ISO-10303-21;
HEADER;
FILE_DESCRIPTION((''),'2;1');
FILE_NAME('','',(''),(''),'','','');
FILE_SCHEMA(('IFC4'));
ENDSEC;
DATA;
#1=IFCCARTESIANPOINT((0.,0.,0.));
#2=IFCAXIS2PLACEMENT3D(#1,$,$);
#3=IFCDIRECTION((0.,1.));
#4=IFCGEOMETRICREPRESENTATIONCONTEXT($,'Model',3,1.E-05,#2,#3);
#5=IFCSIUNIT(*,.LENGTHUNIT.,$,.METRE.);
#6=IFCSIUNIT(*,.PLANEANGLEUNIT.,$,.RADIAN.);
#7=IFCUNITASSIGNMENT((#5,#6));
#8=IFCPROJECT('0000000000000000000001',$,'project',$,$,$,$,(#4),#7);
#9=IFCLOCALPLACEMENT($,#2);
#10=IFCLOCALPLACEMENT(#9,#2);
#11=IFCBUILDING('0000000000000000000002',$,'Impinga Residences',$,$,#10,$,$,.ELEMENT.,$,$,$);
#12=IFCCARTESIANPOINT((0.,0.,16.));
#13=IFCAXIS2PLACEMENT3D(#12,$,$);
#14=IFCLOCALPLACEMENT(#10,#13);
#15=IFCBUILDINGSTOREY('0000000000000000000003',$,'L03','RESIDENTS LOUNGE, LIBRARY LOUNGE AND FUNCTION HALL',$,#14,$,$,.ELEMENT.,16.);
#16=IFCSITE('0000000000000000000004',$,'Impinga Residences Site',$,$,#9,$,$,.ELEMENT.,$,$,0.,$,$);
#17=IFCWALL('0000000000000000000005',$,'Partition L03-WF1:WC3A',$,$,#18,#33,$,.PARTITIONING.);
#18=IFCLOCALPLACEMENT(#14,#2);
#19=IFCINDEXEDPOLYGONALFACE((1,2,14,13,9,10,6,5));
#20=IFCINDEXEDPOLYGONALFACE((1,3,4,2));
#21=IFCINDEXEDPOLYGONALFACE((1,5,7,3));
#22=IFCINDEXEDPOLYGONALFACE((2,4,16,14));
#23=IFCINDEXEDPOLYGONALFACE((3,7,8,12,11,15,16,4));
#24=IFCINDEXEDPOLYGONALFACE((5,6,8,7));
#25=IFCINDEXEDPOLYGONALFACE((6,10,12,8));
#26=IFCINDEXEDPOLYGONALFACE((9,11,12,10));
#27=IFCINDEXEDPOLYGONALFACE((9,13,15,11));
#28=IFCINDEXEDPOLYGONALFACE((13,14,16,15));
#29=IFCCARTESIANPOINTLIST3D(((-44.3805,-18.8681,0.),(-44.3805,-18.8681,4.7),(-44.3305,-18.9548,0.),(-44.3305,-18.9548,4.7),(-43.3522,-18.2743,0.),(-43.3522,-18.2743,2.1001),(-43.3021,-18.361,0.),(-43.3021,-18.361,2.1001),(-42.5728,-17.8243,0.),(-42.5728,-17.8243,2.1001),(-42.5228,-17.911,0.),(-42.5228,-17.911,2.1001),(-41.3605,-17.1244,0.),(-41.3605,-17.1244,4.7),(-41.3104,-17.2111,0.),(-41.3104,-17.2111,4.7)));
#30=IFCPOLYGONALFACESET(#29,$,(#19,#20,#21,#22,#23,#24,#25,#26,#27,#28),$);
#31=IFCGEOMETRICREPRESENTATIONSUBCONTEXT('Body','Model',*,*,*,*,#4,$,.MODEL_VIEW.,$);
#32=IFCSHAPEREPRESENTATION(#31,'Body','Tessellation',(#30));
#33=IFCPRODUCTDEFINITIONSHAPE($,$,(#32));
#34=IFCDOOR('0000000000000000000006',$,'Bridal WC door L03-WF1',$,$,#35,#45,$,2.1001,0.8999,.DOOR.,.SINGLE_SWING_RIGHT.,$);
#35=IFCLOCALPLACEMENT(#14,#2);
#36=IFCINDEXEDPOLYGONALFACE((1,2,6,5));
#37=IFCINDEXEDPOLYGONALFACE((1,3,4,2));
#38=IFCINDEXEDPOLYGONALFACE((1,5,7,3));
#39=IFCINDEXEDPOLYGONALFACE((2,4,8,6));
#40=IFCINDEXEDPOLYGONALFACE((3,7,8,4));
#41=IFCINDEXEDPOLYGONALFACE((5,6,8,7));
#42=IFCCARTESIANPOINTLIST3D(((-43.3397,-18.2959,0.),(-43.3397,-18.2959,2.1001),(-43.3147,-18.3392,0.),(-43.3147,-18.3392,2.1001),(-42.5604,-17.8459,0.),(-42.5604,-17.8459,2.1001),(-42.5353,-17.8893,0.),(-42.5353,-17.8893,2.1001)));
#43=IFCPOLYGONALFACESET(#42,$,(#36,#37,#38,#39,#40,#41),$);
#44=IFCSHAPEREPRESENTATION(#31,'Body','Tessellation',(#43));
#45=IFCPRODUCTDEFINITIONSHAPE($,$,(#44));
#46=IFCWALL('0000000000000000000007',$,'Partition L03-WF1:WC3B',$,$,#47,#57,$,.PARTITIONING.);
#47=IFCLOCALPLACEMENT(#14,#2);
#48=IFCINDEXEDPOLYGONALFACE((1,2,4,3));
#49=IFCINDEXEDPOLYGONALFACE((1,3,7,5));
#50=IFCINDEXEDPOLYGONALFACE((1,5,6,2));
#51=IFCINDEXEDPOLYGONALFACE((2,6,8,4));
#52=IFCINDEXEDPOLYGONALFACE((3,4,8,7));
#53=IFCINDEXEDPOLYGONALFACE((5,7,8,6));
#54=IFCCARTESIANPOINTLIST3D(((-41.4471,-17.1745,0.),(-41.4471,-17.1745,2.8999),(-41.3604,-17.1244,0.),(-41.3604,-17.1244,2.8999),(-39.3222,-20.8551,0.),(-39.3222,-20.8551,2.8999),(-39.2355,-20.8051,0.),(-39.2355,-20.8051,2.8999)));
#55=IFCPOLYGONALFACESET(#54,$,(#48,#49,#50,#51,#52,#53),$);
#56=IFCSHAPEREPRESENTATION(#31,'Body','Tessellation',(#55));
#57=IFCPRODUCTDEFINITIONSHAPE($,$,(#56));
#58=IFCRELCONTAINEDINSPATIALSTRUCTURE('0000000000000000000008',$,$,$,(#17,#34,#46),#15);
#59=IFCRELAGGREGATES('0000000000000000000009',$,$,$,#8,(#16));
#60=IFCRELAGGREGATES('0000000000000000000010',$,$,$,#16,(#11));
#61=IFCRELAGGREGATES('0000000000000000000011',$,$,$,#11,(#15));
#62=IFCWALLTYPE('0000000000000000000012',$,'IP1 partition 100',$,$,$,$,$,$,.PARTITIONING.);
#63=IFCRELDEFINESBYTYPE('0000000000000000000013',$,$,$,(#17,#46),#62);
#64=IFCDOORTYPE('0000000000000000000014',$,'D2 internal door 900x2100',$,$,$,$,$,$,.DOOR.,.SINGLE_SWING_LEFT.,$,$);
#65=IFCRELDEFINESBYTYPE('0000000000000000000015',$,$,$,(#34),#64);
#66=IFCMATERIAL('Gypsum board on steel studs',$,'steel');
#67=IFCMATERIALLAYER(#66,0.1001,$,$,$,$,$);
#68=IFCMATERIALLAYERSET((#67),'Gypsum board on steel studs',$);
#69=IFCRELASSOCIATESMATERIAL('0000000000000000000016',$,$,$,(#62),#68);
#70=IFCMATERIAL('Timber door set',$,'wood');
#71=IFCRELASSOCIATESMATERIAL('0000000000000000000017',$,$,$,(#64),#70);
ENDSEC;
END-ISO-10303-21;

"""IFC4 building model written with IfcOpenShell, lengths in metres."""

from ifc_helpers import new_model, si_unit, direction, frame, frame_2d, origin, place, context, subcontext, project, spatial, rectangle, extrude, material, layer, layer_set, type_object, element, fill, save


model = new_model("IFC4")

# Units and contexts
model_context = context("Model", 3, precision=1e-05, world=origin(), true_north=direction((0.0, 1.0)))
body_context = subcontext(model_context, "Body", "Model", "MODEL_VIEW")
ifc_project = project(units=[si_unit("LENGTHUNIT", "METRE"), si_unit("PLANEANGLEUNIT", "RADIAN")], contexts=[model_context])

# Site, building, storey
site_placement = place(None, origin())
site = spatial("IfcSite", under=ifc_project, at=site_placement, Name="Impinga Residences Site", CompositionType="ELEMENT", RefElevation=0.0)
building_placement = place(site_placement, origin())
building = spatial("IfcBuilding", under=site, at=building_placement, Name="Impinga Residences", CompositionType="ELEMENT")
storey_placement = place(building_placement, frame((0.0, 0.0, 16.0)))
storey = spatial("IfcBuildingStorey", under=building, at=storey_placement, Name="L03", Description="RESIDENTS LOUNGE, LIBRARY LOUNGE AND FUNCTION HALL", CompositionType="ELEMENT", Elevation=16.0)

# Wall, opening, door
ifc_material_1 = material(Name="Gypsum board on steel studs", Category="steel")
ifc_layer_1 = layer(ifc_material_1, 0.1001)
ifc_layer_set_1 = layer_set([ifc_layer_1], Name="Gypsum board on steel studs")
wall_type_1 = type_object("IfcWallType", Name="IP1 partition 100", PredefinedType="PARTITIONING", material=ifc_layer_set_1)
wall_1_placement = place(storey_placement, frame((-41.3354, -17.1677, 0.0), z_axis=(0.0, 0.0, 1.0), x_axis=(-0.86602, -0.500009, 0.0)))
wall_1 = element("IfcWall", 1, at=wall_1_placement, inside=storey, type_object=wall_type_1, Name="Partition L03-WF1:WC3A", PredefinedType="PARTITIONING", context=body_context, shape_type="SweptSolid", body=[
    extrude(rectangle(XDim=3.4873, YDim=0.1001, at=frame_2d((1.7437, 0.0))), origin(), (0.0, 0.0, 1.0), 4.7),
])
opening_1_placement = place(wall_1_placement, frame((1.3999, 0.0, 0.0)))
opening_1 = element("IfcOpeningElement", 2, at=opening_1_placement, cuts=wall_1, PredefinedType="OPENING", context=body_context, shape_type="SweptSolid", body=[
    extrude(rectangle(XDim=0.8999, YDim=2.1001, at=frame_2d((0.45, 1.05))), frame((0.0, 0.0601, 0.0), z_axis=(0.0, -1.0, 0.0), x_axis=(1.0, 0.0, 0.0)), (0.0, 0.0, 1.0), 0.1201),
])
ifc_material_2 = material(Name="Timber door set", Category="wood")
door_type_1 = type_object("IfcDoorType", Name="D2 internal door 900x2100", OperationType="SINGLE_SWING_LEFT", PredefinedType="DOOR", material=ifc_material_2)
door_1_placement = place(opening_1_placement, origin())
door_1 = element("IfcDoor", 3, at=door_1_placement, inside=storey, type_object=door_type_1, Name="Bridal WC door L03-WF1", OperationType="SINGLE_SWING_RIGHT", OverallHeight=2.1001, OverallWidth=0.8999, PredefinedType="DOOR", context=body_context, shape_type="SweptSolid", body=[
    extrude(rectangle(XDim=0.8999, YDim=2.1001, at=frame_2d((0.45, 1.05))), frame((0.0, 0.0249, 0.0), z_axis=(0.0, -1.0, 0.0), x_axis=(1.0, 0.0, 0.0)), (0.0, 0.0, 1.0), 0.05),
])
fill(opening_1, door_1)

# Wall
wall_2_placement = place(storey_placement, frame((-39.2788, -20.8301, 0.0), z_axis=(0.0, 0.0, 1.0), x_axis=(-0.499994, 0.866029, 0.0)))
element("IfcWall", 4, at=wall_2_placement, inside=storey, type_object=wall_type_1, Name="Partition L03-WF1:WC3B", PredefinedType="PARTITIONING", context=body_context, shape_type="SweptSolid", body=[
    extrude(rectangle(XDim=4.25, YDim=0.1001, at=frame_2d((2.125, 0.0))), origin(), (0.0, 0.0, 1.0), 2.8999),
])

save(model, "model.ifc")
